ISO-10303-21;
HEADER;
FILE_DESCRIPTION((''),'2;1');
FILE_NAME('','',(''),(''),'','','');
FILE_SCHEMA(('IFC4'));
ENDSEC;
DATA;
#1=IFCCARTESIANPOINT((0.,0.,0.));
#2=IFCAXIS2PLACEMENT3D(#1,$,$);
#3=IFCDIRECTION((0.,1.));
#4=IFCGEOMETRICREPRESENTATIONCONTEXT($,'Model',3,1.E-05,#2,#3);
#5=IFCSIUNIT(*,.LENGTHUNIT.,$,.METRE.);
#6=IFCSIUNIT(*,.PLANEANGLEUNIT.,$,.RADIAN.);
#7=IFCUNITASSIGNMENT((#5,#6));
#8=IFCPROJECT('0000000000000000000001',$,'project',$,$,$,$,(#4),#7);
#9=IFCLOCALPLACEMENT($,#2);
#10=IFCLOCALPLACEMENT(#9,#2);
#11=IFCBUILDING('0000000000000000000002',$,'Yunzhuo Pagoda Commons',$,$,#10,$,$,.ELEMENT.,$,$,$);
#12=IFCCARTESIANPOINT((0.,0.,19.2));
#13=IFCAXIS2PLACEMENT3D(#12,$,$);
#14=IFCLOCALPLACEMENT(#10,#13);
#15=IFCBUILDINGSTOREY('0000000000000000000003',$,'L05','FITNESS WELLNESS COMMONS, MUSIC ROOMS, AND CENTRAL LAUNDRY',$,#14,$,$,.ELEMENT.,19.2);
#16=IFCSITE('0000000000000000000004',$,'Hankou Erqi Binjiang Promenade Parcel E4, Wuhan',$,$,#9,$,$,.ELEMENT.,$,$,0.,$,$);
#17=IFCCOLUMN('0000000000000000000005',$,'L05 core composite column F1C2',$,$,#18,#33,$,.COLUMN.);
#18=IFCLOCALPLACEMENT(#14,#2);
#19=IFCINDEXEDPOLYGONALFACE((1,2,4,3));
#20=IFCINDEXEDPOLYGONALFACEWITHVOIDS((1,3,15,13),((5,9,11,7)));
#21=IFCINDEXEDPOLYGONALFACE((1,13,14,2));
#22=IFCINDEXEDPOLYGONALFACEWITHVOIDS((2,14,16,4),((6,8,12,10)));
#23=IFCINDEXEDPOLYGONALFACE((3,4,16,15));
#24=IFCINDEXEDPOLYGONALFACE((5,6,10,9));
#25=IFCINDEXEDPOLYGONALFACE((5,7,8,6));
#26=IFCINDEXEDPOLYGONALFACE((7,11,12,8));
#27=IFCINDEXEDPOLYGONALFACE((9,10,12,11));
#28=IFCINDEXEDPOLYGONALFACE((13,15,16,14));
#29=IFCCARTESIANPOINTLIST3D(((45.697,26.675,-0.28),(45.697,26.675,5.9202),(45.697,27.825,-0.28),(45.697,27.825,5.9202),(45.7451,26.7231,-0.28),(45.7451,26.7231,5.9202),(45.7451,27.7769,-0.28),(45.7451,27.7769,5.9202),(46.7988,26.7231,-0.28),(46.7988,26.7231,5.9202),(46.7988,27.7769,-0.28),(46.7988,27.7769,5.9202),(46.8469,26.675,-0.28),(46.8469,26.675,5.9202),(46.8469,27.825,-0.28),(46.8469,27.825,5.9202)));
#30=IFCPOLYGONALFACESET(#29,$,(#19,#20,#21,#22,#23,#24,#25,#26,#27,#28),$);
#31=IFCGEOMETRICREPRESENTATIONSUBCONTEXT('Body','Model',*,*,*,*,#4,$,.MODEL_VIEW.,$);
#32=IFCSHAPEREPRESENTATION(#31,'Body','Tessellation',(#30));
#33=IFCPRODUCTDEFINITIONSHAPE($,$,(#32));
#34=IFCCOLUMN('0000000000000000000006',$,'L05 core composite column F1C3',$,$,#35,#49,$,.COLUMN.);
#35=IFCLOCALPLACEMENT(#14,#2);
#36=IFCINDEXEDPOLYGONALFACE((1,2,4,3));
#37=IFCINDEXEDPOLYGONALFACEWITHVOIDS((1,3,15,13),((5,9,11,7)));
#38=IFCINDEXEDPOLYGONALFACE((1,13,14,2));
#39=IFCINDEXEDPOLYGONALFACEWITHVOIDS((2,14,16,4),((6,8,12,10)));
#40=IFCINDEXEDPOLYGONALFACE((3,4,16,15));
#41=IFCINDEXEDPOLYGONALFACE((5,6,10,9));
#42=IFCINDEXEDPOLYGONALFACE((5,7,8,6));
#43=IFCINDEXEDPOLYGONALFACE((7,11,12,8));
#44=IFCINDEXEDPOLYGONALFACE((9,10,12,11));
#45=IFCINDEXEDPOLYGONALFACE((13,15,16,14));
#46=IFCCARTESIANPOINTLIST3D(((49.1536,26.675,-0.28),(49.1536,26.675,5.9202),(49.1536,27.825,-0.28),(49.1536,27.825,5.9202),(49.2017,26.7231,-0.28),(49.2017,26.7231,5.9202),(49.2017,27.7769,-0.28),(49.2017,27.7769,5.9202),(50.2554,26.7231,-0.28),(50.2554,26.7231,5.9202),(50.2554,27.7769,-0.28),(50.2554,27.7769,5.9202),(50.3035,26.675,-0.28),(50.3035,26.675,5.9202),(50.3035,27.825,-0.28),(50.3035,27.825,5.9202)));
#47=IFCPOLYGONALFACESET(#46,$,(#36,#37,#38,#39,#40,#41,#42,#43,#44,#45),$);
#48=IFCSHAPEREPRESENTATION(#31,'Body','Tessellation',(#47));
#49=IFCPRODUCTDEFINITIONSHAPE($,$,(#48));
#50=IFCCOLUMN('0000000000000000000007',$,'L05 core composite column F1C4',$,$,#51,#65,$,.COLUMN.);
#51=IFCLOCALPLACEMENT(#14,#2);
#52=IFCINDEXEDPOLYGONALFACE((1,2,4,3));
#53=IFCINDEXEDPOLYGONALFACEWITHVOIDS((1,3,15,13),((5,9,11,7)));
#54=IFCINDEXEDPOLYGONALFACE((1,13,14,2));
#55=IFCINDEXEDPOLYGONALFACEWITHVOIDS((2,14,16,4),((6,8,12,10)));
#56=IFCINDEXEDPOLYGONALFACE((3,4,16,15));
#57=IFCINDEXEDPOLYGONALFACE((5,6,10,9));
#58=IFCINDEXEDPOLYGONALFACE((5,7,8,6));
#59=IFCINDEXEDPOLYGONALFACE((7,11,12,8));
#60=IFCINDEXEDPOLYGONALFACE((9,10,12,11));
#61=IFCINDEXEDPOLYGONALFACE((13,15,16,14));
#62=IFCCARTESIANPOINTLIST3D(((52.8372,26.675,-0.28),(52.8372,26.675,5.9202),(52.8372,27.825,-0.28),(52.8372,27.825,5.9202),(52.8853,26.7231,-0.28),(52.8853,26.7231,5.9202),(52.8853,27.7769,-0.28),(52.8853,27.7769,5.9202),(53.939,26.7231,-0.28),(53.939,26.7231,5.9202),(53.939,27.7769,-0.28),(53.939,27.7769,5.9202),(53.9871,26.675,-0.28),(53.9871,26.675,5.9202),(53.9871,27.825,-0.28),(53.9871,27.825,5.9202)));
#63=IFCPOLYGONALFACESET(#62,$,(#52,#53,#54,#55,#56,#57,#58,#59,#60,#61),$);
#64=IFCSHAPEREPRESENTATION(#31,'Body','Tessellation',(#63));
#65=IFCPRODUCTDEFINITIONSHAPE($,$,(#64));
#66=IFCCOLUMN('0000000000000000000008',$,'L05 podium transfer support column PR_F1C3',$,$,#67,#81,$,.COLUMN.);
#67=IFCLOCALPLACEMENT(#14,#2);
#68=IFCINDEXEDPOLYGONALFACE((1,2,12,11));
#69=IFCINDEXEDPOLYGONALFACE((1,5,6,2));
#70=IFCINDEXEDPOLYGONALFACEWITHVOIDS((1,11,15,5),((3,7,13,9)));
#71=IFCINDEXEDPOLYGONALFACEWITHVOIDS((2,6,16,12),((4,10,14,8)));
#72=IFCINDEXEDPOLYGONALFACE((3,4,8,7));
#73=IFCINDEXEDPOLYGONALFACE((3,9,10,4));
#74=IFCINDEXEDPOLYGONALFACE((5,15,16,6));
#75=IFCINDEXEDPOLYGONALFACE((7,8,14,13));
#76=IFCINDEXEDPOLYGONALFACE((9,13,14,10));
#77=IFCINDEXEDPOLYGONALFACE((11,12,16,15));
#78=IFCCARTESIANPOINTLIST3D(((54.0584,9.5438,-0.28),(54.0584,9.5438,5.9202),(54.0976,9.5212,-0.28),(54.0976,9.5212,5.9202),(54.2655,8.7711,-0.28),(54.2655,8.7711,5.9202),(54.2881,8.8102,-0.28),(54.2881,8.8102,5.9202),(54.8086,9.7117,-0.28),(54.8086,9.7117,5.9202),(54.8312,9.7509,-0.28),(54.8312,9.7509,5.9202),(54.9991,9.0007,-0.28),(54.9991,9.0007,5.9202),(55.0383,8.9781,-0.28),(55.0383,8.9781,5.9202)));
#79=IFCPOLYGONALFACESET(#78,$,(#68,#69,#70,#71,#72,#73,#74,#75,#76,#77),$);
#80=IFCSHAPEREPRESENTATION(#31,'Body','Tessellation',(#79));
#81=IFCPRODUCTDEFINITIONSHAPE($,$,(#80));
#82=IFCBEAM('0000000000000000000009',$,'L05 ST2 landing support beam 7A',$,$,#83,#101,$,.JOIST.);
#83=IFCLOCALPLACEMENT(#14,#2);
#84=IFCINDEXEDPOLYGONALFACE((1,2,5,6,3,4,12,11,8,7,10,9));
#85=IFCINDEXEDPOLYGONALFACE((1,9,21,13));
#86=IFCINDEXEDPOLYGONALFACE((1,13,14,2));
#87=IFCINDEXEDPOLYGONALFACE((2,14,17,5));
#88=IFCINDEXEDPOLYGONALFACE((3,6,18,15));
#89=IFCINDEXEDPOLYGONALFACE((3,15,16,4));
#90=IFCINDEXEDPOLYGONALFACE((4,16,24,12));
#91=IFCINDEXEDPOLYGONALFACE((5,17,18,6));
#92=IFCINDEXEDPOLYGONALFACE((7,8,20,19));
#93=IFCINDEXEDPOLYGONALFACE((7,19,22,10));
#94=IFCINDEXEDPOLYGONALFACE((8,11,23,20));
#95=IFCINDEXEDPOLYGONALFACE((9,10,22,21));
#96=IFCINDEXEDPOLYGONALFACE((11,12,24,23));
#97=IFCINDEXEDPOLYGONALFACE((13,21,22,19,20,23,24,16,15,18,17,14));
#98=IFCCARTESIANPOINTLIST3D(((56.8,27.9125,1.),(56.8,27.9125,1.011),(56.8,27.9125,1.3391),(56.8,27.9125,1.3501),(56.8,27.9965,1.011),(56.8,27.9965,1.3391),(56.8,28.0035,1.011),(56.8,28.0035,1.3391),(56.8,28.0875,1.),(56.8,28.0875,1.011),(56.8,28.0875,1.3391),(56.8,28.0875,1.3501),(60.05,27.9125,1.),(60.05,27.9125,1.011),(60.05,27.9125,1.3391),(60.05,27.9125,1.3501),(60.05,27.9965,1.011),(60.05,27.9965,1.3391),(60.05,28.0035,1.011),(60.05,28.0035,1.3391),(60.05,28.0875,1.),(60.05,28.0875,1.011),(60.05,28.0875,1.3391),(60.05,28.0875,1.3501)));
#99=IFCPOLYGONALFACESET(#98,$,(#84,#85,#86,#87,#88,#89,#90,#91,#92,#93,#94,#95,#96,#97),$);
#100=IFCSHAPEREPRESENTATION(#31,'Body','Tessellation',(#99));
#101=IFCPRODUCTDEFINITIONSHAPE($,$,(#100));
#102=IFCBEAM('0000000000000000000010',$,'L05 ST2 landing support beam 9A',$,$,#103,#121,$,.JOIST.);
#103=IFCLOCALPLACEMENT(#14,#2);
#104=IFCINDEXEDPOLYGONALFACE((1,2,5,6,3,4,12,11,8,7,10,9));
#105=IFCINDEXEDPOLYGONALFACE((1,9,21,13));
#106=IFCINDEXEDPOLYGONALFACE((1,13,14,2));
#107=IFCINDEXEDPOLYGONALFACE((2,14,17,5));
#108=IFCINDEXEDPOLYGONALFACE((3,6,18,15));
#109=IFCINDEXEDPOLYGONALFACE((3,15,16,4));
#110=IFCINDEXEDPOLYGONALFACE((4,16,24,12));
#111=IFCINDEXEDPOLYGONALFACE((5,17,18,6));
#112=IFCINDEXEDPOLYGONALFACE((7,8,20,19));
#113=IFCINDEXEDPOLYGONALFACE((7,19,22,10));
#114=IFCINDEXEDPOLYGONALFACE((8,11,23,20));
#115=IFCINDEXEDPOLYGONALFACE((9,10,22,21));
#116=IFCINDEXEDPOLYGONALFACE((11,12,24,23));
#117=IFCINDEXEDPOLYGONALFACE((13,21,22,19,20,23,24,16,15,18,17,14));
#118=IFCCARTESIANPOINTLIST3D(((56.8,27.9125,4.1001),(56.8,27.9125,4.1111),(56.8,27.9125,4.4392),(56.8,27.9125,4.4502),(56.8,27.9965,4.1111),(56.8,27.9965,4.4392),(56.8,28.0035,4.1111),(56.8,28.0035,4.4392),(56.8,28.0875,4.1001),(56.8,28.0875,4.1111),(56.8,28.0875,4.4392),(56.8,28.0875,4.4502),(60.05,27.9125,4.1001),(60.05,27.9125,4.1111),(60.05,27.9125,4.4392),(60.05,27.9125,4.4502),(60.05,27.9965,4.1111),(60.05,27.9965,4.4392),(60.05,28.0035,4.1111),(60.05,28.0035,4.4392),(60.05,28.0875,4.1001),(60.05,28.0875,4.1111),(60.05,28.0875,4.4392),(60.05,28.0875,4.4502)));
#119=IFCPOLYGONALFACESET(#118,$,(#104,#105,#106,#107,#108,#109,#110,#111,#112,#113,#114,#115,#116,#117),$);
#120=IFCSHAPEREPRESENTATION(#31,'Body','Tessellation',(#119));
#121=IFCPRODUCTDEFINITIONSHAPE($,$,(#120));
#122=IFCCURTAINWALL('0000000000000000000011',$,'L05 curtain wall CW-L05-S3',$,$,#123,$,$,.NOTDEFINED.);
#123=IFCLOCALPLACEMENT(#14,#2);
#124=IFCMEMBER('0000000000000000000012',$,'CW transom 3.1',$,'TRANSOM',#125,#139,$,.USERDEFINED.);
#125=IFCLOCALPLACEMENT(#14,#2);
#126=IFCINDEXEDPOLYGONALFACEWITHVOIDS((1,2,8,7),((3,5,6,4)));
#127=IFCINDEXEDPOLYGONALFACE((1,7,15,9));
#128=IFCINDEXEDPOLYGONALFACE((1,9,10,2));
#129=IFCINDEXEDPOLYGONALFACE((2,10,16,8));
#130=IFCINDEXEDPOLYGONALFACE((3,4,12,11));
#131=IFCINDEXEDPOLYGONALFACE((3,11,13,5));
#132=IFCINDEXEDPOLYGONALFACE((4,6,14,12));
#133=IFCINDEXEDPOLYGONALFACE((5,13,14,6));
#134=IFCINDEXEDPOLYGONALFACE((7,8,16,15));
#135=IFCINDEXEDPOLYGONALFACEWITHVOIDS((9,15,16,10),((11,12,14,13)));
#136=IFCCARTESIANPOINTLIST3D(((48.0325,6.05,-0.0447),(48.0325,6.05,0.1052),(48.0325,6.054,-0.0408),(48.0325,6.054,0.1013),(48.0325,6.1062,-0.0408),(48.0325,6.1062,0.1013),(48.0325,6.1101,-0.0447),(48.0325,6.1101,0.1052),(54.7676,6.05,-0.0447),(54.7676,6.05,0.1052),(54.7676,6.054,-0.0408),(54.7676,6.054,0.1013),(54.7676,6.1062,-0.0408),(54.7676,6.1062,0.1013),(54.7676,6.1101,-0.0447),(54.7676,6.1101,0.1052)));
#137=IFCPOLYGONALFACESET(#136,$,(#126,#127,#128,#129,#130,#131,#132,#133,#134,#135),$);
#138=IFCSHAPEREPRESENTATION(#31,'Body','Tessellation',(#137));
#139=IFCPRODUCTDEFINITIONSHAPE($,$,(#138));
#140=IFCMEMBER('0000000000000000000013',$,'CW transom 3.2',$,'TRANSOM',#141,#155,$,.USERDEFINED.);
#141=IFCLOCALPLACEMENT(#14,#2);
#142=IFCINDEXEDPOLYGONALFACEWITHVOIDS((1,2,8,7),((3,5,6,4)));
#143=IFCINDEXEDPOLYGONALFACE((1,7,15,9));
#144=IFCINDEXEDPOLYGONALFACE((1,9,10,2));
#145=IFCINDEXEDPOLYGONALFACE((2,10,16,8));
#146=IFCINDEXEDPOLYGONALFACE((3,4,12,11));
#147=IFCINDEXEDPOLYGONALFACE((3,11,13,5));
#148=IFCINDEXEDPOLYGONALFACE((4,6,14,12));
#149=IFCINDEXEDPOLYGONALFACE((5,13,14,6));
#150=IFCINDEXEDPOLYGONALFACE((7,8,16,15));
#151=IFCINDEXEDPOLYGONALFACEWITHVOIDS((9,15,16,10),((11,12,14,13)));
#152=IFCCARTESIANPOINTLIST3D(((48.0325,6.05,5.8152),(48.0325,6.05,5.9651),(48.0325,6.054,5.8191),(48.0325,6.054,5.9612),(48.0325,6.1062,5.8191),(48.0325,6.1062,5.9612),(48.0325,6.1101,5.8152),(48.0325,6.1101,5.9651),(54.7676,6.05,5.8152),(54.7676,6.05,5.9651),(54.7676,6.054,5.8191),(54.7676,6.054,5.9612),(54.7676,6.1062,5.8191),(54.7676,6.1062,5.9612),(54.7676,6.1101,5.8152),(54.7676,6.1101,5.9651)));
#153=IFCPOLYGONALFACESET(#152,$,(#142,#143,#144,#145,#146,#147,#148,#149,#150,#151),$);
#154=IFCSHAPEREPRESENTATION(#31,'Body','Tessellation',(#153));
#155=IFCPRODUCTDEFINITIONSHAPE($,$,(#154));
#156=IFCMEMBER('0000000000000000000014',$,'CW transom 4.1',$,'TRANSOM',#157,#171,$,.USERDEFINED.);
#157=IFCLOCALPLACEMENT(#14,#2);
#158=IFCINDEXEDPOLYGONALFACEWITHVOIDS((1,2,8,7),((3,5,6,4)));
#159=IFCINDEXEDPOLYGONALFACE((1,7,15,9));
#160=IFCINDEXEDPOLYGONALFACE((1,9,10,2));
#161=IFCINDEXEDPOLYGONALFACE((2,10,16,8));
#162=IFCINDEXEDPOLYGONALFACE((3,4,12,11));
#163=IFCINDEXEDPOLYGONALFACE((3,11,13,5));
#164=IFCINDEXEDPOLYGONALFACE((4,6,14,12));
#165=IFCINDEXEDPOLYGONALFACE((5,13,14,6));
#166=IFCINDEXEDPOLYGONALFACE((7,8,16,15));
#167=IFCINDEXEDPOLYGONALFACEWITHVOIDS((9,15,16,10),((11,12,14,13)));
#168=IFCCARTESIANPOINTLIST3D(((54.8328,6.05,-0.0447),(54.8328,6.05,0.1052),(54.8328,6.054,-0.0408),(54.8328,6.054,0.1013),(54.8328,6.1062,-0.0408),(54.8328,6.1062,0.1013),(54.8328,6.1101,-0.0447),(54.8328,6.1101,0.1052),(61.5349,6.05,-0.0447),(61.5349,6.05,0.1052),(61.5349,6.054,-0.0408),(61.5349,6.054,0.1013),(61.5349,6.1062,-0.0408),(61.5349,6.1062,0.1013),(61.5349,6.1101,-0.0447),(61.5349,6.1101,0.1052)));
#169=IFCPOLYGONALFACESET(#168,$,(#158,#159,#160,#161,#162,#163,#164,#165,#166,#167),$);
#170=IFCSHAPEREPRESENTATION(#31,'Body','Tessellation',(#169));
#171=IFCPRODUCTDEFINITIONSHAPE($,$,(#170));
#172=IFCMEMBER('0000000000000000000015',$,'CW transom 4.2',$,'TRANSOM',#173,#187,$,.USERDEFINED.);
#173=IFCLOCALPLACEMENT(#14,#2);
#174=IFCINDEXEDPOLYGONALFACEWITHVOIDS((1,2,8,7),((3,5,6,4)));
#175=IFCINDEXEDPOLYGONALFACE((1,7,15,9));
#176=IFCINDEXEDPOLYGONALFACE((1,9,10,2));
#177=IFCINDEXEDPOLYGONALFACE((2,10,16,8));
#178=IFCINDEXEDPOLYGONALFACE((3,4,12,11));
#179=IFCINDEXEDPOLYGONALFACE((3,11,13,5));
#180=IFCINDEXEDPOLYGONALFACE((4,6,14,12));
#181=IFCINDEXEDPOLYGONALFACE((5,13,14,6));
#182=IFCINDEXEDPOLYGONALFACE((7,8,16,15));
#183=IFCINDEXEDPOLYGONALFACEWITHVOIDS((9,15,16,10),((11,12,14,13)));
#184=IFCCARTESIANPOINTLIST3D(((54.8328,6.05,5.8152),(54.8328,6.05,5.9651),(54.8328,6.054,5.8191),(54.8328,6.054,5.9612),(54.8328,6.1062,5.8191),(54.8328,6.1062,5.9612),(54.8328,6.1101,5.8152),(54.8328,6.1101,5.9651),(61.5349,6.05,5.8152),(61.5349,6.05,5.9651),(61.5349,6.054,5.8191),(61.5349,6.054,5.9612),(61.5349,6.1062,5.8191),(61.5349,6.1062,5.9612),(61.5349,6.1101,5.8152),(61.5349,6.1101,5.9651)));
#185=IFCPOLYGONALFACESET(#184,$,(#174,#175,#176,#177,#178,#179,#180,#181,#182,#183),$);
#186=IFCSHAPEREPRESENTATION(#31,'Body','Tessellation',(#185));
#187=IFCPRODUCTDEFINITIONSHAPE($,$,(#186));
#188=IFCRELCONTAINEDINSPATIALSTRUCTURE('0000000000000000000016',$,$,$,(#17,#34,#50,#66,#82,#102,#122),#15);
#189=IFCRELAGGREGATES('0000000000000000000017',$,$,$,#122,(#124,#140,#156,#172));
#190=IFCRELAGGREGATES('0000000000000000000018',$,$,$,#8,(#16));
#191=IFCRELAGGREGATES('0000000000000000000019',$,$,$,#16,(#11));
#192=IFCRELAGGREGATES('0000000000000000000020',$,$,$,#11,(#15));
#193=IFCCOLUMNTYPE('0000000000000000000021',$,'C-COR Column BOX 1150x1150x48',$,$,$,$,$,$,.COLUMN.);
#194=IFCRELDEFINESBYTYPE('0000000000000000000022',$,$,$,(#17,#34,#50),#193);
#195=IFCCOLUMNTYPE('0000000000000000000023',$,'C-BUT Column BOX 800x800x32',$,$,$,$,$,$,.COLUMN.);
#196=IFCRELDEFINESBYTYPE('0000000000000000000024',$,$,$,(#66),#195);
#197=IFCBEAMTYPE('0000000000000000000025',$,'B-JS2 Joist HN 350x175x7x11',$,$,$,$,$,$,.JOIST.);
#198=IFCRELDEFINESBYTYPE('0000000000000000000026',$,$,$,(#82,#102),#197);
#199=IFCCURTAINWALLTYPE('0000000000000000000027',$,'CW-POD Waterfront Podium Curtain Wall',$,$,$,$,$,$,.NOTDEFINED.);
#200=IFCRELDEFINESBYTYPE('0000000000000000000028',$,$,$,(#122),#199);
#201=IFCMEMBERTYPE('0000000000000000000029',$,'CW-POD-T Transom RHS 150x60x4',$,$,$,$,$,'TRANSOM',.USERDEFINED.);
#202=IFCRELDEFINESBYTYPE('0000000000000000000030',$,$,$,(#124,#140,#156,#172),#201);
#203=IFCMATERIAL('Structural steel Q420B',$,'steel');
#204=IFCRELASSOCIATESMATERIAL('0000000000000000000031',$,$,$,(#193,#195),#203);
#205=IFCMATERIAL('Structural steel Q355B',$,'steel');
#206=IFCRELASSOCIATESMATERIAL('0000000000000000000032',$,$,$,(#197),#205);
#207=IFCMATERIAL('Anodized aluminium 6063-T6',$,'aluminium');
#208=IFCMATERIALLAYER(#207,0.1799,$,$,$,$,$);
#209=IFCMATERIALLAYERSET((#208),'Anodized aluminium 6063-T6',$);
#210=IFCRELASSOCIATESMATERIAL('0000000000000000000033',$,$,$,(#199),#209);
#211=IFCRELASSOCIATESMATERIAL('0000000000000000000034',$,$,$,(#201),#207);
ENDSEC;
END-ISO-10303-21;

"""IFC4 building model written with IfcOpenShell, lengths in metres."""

from ifc_helpers import new_model, si_unit, direction, frame, origin, origin_2d, place, context, subcontext, project, spatial, hollow_rectangle, i_section, extrude, source, transform, mapped, material, layer, layer_set, material_profile, profile_set, type_object, element, aggregate, save


model = new_model("IFC4")

# Units and contexts
model_context = context("Model", 3, precision=1e-05, world=origin(), true_north=direction((0.0, 1.0)))
body_context = subcontext(model_context, "Body", "Model", "MODEL_VIEW")
ifc_project = project(units=[si_unit("LENGTHUNIT", "METRE"), si_unit("PLANEANGLEUNIT", "RADIAN")], contexts=[model_context])

# Site, building, storey
site_placement = place(None, origin())
site = spatial("IfcSite", under=ifc_project, at=site_placement, Name="Hankou Erqi Binjiang Promenade Parcel E4, Wuhan", CompositionType="ELEMENT", RefElevation=0.0)
building_placement = place(site_placement, origin())
building = spatial("IfcBuilding", under=site, at=building_placement, Name="Yunzhuo Pagoda Commons", CompositionType="ELEMENT")
storey_placement = place(building_placement, frame((0.0, 0.0, 19.2)))
storey = spatial("IfcBuildingStorey", under=building, at=storey_placement, Name="L05", Description="FITNESS WELLNESS COMMONS, MUSIC ROOMS, AND CENTRAL LAUNDRY", CompositionType="ELEMENT", Elevation=19.2)

# Columns
ifc_material_1 = material(Name="Structural steel Q420B", Category="steel")
ifc_material_profile_1 = material_profile(ifc_material_1, hollow_rectangle(XDim=1.1499, YDim=1.1499, WallThickness=0.0481, at=origin_2d()), Name="Structural steel Q420B")
ifc_profile_set_1 = profile_set([ifc_material_profile_1], Name="Structural steel Q420B")
column_type_1 = type_object("IfcColumnType", Name="C-COR Column BOX 1150x1150x48", PredefinedType="COLUMN", material=ifc_profile_set_1)
shared_shape_1 = source(origin(), body_context, "Body", "SweptSolid", [
    extrude(hollow_rectangle(XDim=1.1499, YDim=1.1499, WallThickness=0.0481, at=origin_2d()), origin(), (0.0, 0.0, 1.0), 6.2002),
])
for number, where, z_axis, x_axis, name in (
    (1, (46.272, 27.25, -0.28), (0.0, 0.0, 1.0), (1.0, 0.0, 0.0), "L05 core composite column F1C2"),
    (2, (49.7285, 27.25, -0.28), (0.0, 0.0, 1.0), (1.0, 0.0, 0.0), "L05 core composite column F1C3"),
    (3, (53.4121, 27.25, -0.28), (0.0, 0.0, 1.0), (1.0, 0.0, 0.0), "L05 core composite column F1C4"),
):
    element("IfcColumn", number, at=place(storey_placement, frame(where, z_axis=z_axis, x_axis=x_axis)), inside=storey, type_object=column_type_1, Name=name, PredefinedType="COLUMN", context=body_context, shape_type="MappedRepresentation", body=[
        mapped(shared_shape_1, transform((0.0, 0.0, 0.0), scale=1.0)),
    ])
ifc_material_profile_2 = material_profile(ifc_material_1, hollow_rectangle(XDim=0.8, YDim=0.8, WallThickness=0.032, at=origin_2d()), Name="Structural steel Q420B")
ifc_profile_set_2 = profile_set([ifc_material_profile_2], Name="Structural steel Q420B")
column_type_2 = type_object("IfcColumnType", Name="C-BUT Column BOX 800x800x32", PredefinedType="COLUMN", material=ifc_profile_set_2)
shared_shape_2 = source(origin(), body_context, "Body", "SweptSolid", [
    extrude(hollow_rectangle(XDim=0.8, YDim=0.8, WallThickness=0.032, at=origin_2d()), origin(), (0.0, 0.0, 1.0), 6.2002),
])
column_placement = place(storey_placement, frame((54.5483, 9.261, -0.28), z_axis=(0.0, 0.0, 1.0), x_axis=(0.965926, 0.258819, 0.0)))
element("IfcColumn", 4, at=column_placement, inside=storey, type_object=column_type_2, Name="L05 podium transfer support column PR_F1C3", PredefinedType="COLUMN", context=body_context, shape_type="MappedRepresentation", body=[
    mapped(shared_shape_2, transform((0.0, 0.0, 0.0), scale=1.0)),
])

# Beams
ifc_material_2 = material(Name="Structural steel Q355B", Category="steel")
ifc_material_profile_3 = material_profile(ifc_material_2, i_section(OverallWidth=0.175, OverallDepth=0.3501, WebThickness=0.0071, FlangeThickness=0.011, at=origin_2d()), Name="Structural steel Q355B")
ifc_profile_set_3 = profile_set([ifc_material_profile_3], Name="Structural steel Q355B")
beam_type = type_object("IfcBeamType", Name="B-JS2 Joist HN 350x175x7x11", PredefinedType="JOIST", material=ifc_profile_set_3)
shared_shape_3 = source(origin(), body_context, "Body", "SweptSolid", [
    extrude(i_section(OverallWidth=0.175, OverallDepth=0.3501, WebThickness=0.0071, FlangeThickness=0.011, at=origin_2d()), origin(), (0.0, 0.0, 1.0), 3.25),
])
for number, where, z_axis, x_axis, name in (
    (5, (56.8, 28.0, 1.175), (1.0, 0.0, 0.0), (0.0, 1.0, 0.0), "L05 ST2 landing support beam 7A"),
    (6, (56.8, 28.0, 4.2751), (1.0, 0.0, 0.0), (0.0, 1.0, 0.0), "L05 ST2 landing support beam 9A"),
):
    element("IfcBeam", number, at=place(storey_placement, frame(where, z_axis=z_axis, x_axis=x_axis)), inside=storey, type_object=beam_type, Name=name, PredefinedType="JOIST", context=body_context, shape_type="MappedRepresentation", body=[
        mapped(shared_shape_3, transform((0.0, 0.0, 0.0), scale=1.0)),
    ])

# Curtain wall, members
ifc_material_3 = material(Name="Anodized aluminium 6063-T6", Category="aluminium")
ifc_layer_1 = layer(ifc_material_3, 0.1799)
ifc_layer_set_1 = layer_set([ifc_layer_1], Name="Anodized aluminium 6063-T6")
curtain_wall_type = type_object("IfcCurtainWallType", Name="CW-POD Waterfront Podium Curtain Wall", PredefinedType="NOTDEFINED", material=ifc_layer_set_1)
curtain_wall_placement = place(storey_placement, origin())
curtain_wall = element("IfcCurtainWall", 7, at=curtain_wall_placement, inside=storey, type_object=curtain_wall_type, Name="L05 curtain wall CW-L05-S3", PredefinedType="NOTDEFINED")
ifc_material_profile_4 = material_profile(ifc_material_3, hollow_rectangle(XDim=0.0601, YDim=0.1499, WallThickness=0.0039, at=origin_2d()), Name="Anodized aluminium 6063-T6")
ifc_profile_set_4 = profile_set([ifc_material_profile_4], Name="Anodized aluminium 6063-T6")
member_type_1 = type_object("IfcMemberType", Name="CW-POD-T Transom RHS 150x60x4", ElementType="TRANSOM", PredefinedType="USERDEFINED", material=ifc_profile_set_4)
shared_shape_4 = source(origin(), body_context, "Body", "SweptSolid", [
    extrude(hollow_rectangle(XDim=0.0601, YDim=0.1499, WallThickness=0.0039, at=origin_2d()), origin(), (0.0, 0.0, 1.0), 6.7351),
])
member_1_placement = place(storey_placement, frame((48.0325, 6.0801, 0.0303), z_axis=(1.0, 0.0, 0.0), x_axis=(0.0, 1.0, 0.0)))
member_1 = element("IfcMember", 8, at=member_1_placement, type_object=member_type_1, Name="CW transom 3.1", ObjectType="TRANSOM", PredefinedType="USERDEFINED", context=body_context, shape_type="MappedRepresentation", body=[
    mapped(shared_shape_4, transform((0.0, 0.0, 0.0), scale=1.0)),
])
member_2_placement = place(storey_placement, frame((48.0325, 6.0801, 5.8901), z_axis=(1.0, 0.0, 0.0), x_axis=(0.0, 1.0, 0.0)))
member_2 = element("IfcMember", 9, at=member_2_placement, type_object=member_type_1, Name="CW transom 3.2", ObjectType="TRANSOM", PredefinedType="USERDEFINED", context=body_context, shape_type="MappedRepresentation", body=[
    mapped(shared_shape_4, transform((0.0, 0.0, 0.0), scale=1.0)),
])
shared_shape_5 = source(origin(), body_context, "Body", "SweptSolid", [
    extrude(hollow_rectangle(XDim=0.0601, YDim=0.1499, WallThickness=0.0039, at=origin_2d()), origin(), (0.0, 0.0, 1.0), 6.7021),
])
member_3_placement = place(storey_placement, frame((54.8328, 6.0801, 0.0303), z_axis=(1.0, 0.0, 0.0), x_axis=(0.0, 1.0, 0.0)))
member_3 = element("IfcMember", 10, at=member_3_placement, type_object=member_type_1, Name="CW transom 4.1", ObjectType="TRANSOM", PredefinedType="USERDEFINED", context=body_context, shape_type="MappedRepresentation", body=[
    mapped(shared_shape_5, transform((0.0, 0.0, 0.0), scale=1.0)),
])
member_4_placement = place(storey_placement, frame((54.8328, 6.0801, 5.8901), z_axis=(1.0, 0.0, 0.0), x_axis=(0.0, 1.0, 0.0)))
member_4 = element("IfcMember", 11, at=member_4_placement, type_object=member_type_1, Name="CW transom 4.2", ObjectType="TRANSOM", PredefinedType="USERDEFINED", context=body_context, shape_type="MappedRepresentation", body=[
    mapped(shared_shape_5, transform((0.0, 0.0, 0.0), scale=1.0)),
])

aggregate(curtain_wall, [member_1, member_2, member_3, member_4])

save(model, "model.ifc")
